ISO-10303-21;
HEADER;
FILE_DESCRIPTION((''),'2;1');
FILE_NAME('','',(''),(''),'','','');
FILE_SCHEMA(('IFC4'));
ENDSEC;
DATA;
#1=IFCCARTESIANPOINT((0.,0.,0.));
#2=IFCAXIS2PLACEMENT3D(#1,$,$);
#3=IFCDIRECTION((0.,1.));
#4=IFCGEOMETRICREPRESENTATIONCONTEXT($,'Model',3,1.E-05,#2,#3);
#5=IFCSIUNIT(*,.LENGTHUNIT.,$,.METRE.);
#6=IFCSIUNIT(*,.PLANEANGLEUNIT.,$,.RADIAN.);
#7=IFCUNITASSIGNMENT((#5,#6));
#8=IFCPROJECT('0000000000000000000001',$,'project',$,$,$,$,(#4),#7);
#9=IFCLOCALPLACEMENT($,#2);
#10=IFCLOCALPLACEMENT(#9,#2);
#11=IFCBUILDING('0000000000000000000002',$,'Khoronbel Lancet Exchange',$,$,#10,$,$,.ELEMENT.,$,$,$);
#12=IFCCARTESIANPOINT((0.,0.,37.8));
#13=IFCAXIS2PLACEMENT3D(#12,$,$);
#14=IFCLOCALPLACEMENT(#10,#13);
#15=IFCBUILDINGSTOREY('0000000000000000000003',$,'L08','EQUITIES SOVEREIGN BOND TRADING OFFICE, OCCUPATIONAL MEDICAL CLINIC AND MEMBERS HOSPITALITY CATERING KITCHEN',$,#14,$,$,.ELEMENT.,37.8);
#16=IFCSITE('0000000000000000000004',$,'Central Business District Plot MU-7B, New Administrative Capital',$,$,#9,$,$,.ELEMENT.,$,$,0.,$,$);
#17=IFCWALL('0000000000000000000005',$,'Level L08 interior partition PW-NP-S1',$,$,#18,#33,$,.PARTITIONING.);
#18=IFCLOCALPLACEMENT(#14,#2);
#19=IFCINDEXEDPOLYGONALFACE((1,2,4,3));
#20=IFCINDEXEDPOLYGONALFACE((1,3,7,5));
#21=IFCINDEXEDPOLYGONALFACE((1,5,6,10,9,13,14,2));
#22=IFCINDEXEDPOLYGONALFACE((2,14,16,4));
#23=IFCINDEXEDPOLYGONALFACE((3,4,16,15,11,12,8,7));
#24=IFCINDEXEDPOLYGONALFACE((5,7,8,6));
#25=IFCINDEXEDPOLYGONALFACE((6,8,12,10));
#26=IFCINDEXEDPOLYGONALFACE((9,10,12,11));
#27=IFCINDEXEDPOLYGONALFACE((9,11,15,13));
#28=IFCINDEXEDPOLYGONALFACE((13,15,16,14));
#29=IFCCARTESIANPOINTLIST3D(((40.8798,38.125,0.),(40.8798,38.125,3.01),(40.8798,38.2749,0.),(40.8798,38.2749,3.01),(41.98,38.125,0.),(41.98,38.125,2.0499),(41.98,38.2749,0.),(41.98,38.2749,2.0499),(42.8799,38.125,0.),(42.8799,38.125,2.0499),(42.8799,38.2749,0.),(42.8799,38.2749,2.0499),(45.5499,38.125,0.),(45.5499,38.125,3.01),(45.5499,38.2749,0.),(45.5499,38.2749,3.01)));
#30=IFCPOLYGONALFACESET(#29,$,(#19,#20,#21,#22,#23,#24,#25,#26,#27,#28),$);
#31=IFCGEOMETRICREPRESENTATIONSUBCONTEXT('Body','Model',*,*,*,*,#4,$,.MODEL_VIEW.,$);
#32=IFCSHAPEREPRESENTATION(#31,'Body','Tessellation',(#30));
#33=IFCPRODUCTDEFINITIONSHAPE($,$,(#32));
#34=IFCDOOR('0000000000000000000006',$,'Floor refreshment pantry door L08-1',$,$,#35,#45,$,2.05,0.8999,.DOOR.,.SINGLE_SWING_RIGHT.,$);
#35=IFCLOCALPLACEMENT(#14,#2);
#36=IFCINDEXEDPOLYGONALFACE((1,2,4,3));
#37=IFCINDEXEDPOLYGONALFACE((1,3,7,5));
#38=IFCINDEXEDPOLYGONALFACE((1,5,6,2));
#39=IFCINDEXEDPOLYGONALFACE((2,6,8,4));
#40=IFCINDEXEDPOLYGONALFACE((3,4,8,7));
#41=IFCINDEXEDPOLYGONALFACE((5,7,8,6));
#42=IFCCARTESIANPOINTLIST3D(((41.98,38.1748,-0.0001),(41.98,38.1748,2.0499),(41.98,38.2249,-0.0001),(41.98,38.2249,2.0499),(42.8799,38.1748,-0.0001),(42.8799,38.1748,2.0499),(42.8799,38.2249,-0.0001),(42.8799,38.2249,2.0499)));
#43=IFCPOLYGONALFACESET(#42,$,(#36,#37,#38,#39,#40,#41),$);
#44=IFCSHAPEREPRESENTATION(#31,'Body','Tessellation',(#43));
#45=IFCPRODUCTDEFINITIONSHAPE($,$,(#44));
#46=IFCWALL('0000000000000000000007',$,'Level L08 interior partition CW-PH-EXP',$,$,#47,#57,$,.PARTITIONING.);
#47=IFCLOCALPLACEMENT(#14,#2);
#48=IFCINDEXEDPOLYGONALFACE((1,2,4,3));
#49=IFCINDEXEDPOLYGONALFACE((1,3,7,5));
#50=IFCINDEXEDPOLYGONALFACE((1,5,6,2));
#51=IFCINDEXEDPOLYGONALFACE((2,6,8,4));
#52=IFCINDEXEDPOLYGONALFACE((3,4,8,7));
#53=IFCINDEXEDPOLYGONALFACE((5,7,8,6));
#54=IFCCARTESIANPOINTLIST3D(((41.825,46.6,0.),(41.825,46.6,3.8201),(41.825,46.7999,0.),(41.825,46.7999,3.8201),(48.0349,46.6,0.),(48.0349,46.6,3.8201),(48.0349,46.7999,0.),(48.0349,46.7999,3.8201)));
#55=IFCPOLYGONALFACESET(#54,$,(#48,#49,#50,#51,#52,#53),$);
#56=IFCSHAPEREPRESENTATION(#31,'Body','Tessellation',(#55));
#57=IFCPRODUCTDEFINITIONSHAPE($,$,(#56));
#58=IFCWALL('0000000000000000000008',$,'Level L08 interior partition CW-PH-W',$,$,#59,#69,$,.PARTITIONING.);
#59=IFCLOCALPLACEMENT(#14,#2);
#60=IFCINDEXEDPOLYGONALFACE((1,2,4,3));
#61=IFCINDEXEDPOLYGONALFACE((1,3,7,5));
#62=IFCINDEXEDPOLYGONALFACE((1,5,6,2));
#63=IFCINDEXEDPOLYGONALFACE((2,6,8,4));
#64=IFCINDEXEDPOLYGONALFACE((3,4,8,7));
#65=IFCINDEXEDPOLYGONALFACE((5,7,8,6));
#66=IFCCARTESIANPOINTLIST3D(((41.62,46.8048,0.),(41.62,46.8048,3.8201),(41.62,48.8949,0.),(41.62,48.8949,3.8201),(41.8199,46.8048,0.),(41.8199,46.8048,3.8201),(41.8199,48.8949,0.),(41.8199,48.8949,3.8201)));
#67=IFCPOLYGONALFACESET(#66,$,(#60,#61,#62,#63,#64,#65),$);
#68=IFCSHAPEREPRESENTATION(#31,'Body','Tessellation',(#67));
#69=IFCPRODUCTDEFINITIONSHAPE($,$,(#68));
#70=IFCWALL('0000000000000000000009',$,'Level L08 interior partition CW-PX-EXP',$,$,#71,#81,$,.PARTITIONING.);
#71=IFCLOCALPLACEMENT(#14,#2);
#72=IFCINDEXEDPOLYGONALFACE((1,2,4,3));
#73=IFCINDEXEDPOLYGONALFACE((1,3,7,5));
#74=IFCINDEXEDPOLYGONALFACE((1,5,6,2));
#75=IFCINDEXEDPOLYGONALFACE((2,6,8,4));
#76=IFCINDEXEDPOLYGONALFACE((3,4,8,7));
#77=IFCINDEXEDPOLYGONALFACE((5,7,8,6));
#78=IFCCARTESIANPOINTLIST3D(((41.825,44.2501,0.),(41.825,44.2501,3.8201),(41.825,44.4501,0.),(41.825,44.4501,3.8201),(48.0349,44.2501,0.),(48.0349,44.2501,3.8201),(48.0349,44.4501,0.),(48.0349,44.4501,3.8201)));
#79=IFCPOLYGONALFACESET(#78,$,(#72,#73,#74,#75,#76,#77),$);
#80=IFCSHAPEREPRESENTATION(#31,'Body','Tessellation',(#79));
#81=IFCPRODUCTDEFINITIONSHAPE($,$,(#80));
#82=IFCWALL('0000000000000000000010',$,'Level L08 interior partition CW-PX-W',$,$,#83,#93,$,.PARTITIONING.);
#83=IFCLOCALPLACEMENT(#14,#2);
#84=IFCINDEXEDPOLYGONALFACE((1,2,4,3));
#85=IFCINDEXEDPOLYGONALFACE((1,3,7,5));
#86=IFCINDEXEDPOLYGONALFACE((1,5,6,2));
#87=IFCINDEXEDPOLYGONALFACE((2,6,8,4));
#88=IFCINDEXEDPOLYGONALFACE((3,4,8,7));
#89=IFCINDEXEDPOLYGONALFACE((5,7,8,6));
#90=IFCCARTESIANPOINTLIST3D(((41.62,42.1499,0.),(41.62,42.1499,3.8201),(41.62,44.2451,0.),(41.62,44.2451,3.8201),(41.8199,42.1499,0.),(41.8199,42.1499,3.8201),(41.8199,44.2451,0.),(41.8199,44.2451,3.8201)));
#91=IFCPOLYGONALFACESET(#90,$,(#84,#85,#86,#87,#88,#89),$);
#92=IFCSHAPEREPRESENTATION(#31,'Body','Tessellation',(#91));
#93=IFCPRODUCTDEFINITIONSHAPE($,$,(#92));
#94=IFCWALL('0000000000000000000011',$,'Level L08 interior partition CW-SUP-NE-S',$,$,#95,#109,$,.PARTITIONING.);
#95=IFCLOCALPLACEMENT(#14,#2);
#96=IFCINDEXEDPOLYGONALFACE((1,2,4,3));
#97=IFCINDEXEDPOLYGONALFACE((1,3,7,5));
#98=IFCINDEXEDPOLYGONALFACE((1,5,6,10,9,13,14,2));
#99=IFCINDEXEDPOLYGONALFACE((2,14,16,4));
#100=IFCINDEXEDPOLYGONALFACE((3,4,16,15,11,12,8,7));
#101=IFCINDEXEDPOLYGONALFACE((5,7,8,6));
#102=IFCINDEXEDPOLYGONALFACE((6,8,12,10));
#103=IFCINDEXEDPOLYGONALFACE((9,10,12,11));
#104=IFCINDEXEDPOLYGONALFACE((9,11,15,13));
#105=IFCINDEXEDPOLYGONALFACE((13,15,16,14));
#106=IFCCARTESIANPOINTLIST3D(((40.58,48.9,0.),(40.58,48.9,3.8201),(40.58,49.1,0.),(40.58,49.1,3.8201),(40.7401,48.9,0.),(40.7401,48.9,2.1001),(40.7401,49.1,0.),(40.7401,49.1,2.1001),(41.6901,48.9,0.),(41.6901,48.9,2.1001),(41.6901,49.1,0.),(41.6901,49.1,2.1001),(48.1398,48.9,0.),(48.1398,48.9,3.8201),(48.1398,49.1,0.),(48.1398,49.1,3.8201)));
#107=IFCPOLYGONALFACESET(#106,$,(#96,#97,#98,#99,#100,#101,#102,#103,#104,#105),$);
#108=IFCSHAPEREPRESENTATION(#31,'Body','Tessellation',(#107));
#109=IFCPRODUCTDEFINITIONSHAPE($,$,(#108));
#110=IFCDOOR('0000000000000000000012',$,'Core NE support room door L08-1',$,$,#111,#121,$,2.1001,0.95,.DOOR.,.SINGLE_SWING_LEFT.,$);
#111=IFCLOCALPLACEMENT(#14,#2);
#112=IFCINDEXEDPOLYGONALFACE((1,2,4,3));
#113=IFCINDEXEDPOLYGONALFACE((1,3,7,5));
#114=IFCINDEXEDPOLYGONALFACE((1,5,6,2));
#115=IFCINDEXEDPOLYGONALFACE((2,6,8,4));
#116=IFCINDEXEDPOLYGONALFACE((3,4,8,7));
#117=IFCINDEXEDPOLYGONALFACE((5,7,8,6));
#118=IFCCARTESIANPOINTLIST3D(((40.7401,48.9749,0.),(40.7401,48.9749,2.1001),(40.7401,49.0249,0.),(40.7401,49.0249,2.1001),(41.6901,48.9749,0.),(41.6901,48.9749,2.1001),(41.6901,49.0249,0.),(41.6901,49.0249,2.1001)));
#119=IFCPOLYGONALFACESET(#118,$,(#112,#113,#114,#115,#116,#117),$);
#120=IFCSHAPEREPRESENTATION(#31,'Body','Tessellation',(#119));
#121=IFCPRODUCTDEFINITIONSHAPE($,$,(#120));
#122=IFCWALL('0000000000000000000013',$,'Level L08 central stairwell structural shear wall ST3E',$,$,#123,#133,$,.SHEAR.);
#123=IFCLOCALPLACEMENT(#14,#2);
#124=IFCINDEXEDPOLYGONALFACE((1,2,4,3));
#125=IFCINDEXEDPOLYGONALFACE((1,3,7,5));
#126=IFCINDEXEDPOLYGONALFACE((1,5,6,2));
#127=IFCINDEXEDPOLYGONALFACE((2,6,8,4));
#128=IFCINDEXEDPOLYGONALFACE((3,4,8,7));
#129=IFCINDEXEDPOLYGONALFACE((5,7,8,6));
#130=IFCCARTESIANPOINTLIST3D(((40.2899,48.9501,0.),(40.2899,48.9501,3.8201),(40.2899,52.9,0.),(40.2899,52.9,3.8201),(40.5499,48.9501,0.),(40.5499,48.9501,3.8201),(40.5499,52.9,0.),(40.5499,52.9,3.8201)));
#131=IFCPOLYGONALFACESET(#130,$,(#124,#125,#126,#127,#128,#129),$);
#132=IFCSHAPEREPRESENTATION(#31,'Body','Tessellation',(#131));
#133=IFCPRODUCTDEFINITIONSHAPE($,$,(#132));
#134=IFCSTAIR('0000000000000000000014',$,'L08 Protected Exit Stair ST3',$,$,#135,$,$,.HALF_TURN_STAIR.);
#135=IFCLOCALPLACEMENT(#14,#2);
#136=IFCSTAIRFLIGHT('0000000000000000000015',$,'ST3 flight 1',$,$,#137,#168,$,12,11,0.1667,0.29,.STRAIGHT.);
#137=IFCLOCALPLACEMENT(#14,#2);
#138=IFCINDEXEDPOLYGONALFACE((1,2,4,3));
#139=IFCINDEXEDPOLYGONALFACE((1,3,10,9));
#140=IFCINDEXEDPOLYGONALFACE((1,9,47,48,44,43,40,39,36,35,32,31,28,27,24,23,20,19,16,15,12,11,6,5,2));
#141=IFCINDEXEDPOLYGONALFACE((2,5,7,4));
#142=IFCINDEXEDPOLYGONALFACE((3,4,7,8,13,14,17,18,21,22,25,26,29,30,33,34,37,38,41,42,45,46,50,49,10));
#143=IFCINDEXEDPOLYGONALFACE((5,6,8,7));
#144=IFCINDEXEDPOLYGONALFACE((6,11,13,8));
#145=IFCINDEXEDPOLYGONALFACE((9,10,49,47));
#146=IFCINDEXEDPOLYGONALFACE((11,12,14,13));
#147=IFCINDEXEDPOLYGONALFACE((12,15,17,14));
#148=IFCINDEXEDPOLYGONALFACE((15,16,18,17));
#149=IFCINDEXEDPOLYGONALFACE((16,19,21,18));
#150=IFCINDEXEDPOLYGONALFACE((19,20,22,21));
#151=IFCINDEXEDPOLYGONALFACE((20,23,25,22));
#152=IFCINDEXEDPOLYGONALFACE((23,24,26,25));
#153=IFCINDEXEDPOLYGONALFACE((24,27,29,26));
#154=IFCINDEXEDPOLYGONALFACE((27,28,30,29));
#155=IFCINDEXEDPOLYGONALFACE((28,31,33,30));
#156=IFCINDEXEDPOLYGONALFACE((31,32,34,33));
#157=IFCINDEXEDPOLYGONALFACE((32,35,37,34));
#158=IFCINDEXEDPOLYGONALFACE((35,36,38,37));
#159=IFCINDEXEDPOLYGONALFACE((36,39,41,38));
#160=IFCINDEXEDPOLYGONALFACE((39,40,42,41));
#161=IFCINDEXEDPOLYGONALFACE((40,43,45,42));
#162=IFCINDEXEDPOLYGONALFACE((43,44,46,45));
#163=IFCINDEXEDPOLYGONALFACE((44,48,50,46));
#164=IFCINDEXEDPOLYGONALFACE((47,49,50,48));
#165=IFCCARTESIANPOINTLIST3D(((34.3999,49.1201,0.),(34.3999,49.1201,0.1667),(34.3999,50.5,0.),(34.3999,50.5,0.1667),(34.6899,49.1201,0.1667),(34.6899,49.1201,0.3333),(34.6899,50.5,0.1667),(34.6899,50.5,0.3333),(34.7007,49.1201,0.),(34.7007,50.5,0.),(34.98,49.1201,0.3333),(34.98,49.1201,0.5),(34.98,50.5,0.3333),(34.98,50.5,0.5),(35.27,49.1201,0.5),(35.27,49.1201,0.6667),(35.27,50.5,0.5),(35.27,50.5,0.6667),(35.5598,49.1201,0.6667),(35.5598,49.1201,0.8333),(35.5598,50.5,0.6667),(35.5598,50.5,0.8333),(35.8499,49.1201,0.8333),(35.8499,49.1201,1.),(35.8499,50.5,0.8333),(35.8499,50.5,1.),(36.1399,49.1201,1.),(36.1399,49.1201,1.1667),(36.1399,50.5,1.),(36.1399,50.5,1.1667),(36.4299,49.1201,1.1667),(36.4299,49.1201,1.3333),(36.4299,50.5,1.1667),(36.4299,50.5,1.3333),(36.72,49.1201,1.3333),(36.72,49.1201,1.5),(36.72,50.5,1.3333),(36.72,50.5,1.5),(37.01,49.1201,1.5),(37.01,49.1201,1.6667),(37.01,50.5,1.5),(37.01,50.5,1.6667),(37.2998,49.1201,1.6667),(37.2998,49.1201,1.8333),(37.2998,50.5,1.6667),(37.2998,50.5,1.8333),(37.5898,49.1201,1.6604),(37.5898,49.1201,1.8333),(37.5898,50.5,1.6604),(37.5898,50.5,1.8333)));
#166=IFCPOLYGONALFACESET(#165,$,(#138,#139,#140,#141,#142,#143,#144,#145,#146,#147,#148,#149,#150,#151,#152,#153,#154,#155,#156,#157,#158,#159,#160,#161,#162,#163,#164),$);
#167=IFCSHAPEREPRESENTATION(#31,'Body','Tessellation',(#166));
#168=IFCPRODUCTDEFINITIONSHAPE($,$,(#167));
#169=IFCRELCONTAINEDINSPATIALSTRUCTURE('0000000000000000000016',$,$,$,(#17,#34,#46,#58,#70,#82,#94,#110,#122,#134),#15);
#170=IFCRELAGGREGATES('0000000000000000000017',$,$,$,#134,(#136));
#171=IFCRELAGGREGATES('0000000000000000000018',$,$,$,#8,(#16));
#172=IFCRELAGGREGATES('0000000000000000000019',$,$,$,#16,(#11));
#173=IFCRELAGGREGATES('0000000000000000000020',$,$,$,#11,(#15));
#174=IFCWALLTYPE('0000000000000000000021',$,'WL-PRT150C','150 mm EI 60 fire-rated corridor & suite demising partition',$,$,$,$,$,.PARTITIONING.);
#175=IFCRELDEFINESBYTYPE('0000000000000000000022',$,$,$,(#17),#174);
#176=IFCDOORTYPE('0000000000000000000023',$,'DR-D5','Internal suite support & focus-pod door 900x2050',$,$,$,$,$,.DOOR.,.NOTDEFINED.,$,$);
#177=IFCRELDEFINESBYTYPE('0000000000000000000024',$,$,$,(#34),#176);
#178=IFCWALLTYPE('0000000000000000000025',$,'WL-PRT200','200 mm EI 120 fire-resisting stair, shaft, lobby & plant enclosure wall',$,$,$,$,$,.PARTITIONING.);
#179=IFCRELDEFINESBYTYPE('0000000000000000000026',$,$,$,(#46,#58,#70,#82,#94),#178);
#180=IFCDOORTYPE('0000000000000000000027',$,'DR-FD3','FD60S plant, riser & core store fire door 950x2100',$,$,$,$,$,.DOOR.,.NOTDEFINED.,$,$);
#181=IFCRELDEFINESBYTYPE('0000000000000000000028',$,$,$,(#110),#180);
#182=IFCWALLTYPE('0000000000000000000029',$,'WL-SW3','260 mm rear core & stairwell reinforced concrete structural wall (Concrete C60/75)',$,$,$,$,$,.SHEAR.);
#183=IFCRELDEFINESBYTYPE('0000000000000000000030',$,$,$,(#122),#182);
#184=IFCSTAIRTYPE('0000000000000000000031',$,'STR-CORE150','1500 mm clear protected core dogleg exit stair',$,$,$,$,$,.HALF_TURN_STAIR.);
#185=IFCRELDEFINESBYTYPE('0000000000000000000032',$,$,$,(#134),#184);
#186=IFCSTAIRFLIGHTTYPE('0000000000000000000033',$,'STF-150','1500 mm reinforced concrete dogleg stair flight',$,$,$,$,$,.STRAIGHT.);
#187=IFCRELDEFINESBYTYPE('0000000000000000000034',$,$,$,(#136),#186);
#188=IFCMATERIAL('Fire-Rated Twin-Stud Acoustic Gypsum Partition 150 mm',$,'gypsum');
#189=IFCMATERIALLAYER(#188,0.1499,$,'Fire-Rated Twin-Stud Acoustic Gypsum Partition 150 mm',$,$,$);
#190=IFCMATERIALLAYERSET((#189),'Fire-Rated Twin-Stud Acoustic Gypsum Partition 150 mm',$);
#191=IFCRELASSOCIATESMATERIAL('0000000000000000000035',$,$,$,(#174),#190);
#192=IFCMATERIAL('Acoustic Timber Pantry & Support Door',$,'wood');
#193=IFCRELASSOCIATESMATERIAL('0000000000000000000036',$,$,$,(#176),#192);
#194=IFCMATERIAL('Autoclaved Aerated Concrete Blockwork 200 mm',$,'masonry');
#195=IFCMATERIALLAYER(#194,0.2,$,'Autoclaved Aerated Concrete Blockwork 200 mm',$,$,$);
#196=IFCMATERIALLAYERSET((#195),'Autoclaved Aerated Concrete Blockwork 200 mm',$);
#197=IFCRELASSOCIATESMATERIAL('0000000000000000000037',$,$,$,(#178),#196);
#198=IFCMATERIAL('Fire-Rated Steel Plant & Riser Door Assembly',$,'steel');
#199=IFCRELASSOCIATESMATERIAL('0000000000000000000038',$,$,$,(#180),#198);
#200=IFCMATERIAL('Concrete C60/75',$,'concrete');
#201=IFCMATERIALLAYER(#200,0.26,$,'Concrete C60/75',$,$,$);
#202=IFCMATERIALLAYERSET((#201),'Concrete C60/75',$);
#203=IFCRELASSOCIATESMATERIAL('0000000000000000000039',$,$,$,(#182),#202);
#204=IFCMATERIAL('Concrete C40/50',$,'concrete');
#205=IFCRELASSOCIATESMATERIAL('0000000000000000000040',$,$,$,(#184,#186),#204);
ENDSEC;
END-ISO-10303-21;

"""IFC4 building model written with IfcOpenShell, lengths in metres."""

from ifc_helpers import new_model, si_unit, direction, frame, frame_2d, origin, place, context, subcontext, project, spatial, polyline, rectangle, outline, extrude, material, layer, layer_set, type_object, element, fill, aggregate, save


model = new_model("IFC4")

# Units and contexts
model_context = context("Model", 3, precision=1e-05, world=origin(), true_north=direction((0.0, 1.0)))
body_context = subcontext(model_context, "Body", "Model", "MODEL_VIEW")
ifc_project = project(units=[si_unit("LENGTHUNIT", "METRE"), si_unit("PLANEANGLEUNIT", "RADIAN")], contexts=[model_context])

# Site, building, storey
site_placement = place(None, origin())
site = spatial("IfcSite", under=ifc_project, at=site_placement, Name="Central Business District Plot MU-7B, New Administrative Capital", CompositionType="ELEMENT", RefElevation=0.0)
building_placement = place(site_placement, origin())
building = spatial("IfcBuilding", under=site, at=building_placement, Name="Khoronbel Lancet Exchange", CompositionType="ELEMENT")
storey_placement = place(building_placement, frame((0.0, 0.0, 37.8)))
storey = spatial("IfcBuildingStorey", under=building, at=storey_placement, Name="L08", Description="EQUITIES SOVEREIGN BOND TRADING OFFICE, OCCUPATIONAL MEDICAL CLINIC AND MEMBERS HOSPITALITY CATERING KITCHEN", CompositionType="ELEMENT", Elevation=37.8)

# Wall, opening, door
ifc_material_1 = material(Name="Fire-Rated Twin-Stud Acoustic Gypsum Partition 150 mm", Category="gypsum")
ifc_layer_1 = layer(ifc_material_1, 0.1499, Name="Fire-Rated Twin-Stud Acoustic Gypsum Partition 150 mm")
ifc_layer_set_1 = layer_set([ifc_layer_1], Name="Fire-Rated Twin-Stud Acoustic Gypsum Partition 150 mm")
wall_type_1 = type_object("IfcWallType", Name="WL-PRT150C", Description="150 mm EI 60 fire-rated corridor & suite demising partition", PredefinedType="PARTITIONING", material=ifc_layer_set_1)
wall_1_placement = place(storey_placement, frame((40.8799, 38.2, 0.0), z_axis=(0.0, 0.0, 1.0), x_axis=(1.0, 0.0, 0.0)))
wall_1 = element("IfcWall", 1, at=wall_1_placement, inside=storey, type_object=wall_type_1, Name="Level L08 interior partition PW-NP-S1", PredefinedType="PARTITIONING", context=body_context, shape_type="SweptSolid", body=[
    extrude(rectangle(XDim=4.6702, YDim=0.1499, at=frame_2d((2.335, 0.0))), origin(), (0.0, 0.0, 1.0), 3.01),
])
opening_1_placement = place(wall_1_placement, frame((1.1001, 0.0, 0.0)))
opening_1 = element("IfcOpeningElement", 2, at=opening_1_placement, cuts=wall_1, PredefinedType="OPENING", context=body_context, shape_type="SweptSolid", body=[
    extrude(rectangle(XDim=0.8999, YDim=2.05, at=frame_2d((0.45, 1.0249))), frame((0.0, 0.085, 0.0), z_axis=(0.0, -1.0, 0.0), x_axis=(1.0, 0.0, 0.0)), (0.0, 0.0, 1.0), 0.1699),
])
ifc_material_2 = material(Name="Acoustic Timber Pantry & Support Door", Category="wood")
door_type_1 = type_object("IfcDoorType", Name="DR-D5", Description="Internal suite support & focus-pod door 900x2050", OperationType="NOTDEFINED", PredefinedType="DOOR", material=ifc_material_2)
door_1_placement = place(opening_1_placement, origin())
door_1 = element("IfcDoor", 3, at=door_1_placement, inside=storey, type_object=door_type_1, Name="Floor refreshment pantry door L08-1", OperationType="SINGLE_SWING_RIGHT", OverallHeight=2.05, OverallWidth=0.8999, PredefinedType="DOOR", context=body_context, shape_type="SweptSolid", body=[
    extrude(rectangle(XDim=0.8999, YDim=2.05, at=frame_2d((0.45, 1.0249))), frame((0.0, 0.0249, 0.0), z_axis=(0.0, -1.0, 0.0), x_axis=(1.0, 0.0, 0.0)), (0.0, 0.0, 1.0), 0.05),
])
fill(opening_1, door_1)

# Walls
ifc_material_3 = material(Name="Autoclaved Aerated Concrete Blockwork 200 mm", Category="masonry")
ifc_layer_2 = layer(ifc_material_3, 0.2, Name="Autoclaved Aerated Concrete Blockwork 200 mm")
ifc_layer_set_2 = layer_set([ifc_layer_2], Name="Autoclaved Aerated Concrete Blockwork 200 mm")
wall_type_2 = type_object("IfcWallType", Name="WL-PRT200", Description="200 mm EI 120 fire-resisting stair, shaft, lobby & plant enclosure wall", PredefinedType="PARTITIONING", material=ifc_layer_set_2)
wall_2_placement = place(storey_placement, frame((41.825, 46.7, 0.0), z_axis=(0.0, 0.0, 1.0), x_axis=(1.0, 0.0, 0.0)))
element("IfcWall", 4, at=wall_2_placement, inside=storey, type_object=wall_type_2, Name="Level L08 interior partition CW-PH-EXP", PredefinedType="PARTITIONING", context=body_context, shape_type="SweptSolid", body=[
    extrude(rectangle(XDim=6.21, YDim=0.2, at=frame_2d((3.105, 0.0))), origin(), (0.0, 0.0, 1.0), 3.8201),
])
wall_3_placement = place(storey_placement, frame((41.72, 46.8049, 0.0), z_axis=(0.0, 0.0, 1.0), x_axis=(0.0, 1.0, 0.0)))
element("IfcWall", 5, at=wall_3_placement, inside=storey, type_object=wall_type_2, Name="Level L08 interior partition CW-PH-W", PredefinedType="PARTITIONING", context=body_context, shape_type="SweptSolid", body=[
    extrude(rectangle(XDim=2.0901, YDim=0.2, at=frame_2d((1.0449, 0.0))), origin(), (0.0, 0.0, 1.0), 3.8201),
])
wall_4_placement = place(storey_placement, frame((41.825, 44.3501, 0.0), z_axis=(0.0, 0.0, 1.0), x_axis=(1.0, 0.0, 0.0)))
element("IfcWall", 6, at=wall_4_placement, inside=storey, type_object=wall_type_2, Name="Level L08 interior partition CW-PX-EXP", PredefinedType="PARTITIONING", context=body_context, shape_type="SweptSolid", body=[
    extrude(rectangle(XDim=6.21, YDim=0.2, at=frame_2d((3.105, 0.0))), origin(), (0.0, 0.0, 1.0), 3.8201),
])
wall_5_placement = place(storey_placement, frame((41.72, 42.1499, 0.0), z_axis=(0.0, 0.0, 1.0), x_axis=(0.0, 1.0, 0.0)))
element("IfcWall", 7, at=wall_5_placement, inside=storey, type_object=wall_type_2, Name="Level L08 interior partition CW-PX-W", PredefinedType="PARTITIONING", context=body_context, shape_type="SweptSolid", body=[
    extrude(rectangle(XDim=2.0952, YDim=0.2, at=frame_2d((1.0476, 0.0))), origin(), (0.0, 0.0, 1.0), 3.8201),
])

# Wall, opening, door
wall_6_placement = place(storey_placement, frame((40.5801, 49.0, 0.0), z_axis=(0.0, 0.0, 1.0), x_axis=(1.0, 0.0, 0.0)))
wall_6 = element("IfcWall", 8, at=wall_6_placement, inside=storey, type_object=wall_type_2, Name="Level L08 interior partition CW-SUP-NE-S", PredefinedType="PARTITIONING", context=body_context, shape_type="SweptSolid", body=[
    extrude(rectangle(XDim=7.5598, YDim=0.2, at=frame_2d((3.7798, 0.0))), origin(), (0.0, 0.0, 1.0), 3.8201),
])
opening_2_placement = place(wall_6_placement, frame((0.1599, 0.0, 0.0)))
opening_2 = element("IfcOpeningElement", 9, at=opening_2_placement, cuts=wall_6, PredefinedType="OPENING", context=body_context, shape_type="SweptSolid", body=[
    extrude(rectangle(XDim=0.95, YDim=2.1001, at=frame_2d((0.4751, 1.05))), frame((0.0, 0.1099, 0.0), z_axis=(0.0, -1.0, 0.0), x_axis=(1.0, 0.0, 0.0)), (0.0, 0.0, 1.0), 0.22),
])
ifc_material_4 = material(Name="Fire-Rated Steel Plant & Riser Door Assembly", Category="steel")
door_type_2 = type_object("IfcDoorType", Name="DR-FD3", Description="FD60S plant, riser & core store fire door 950x2100", OperationType="NOTDEFINED", PredefinedType="DOOR", material=ifc_material_4)
door_2_placement = place(opening_2_placement, origin())
door_2 = element("IfcDoor", 10, at=door_2_placement, inside=storey, type_object=door_type_2, Name="Core NE support room door L08-1", OperationType="SINGLE_SWING_LEFT", OverallHeight=2.1001, OverallWidth=0.95, PredefinedType="DOOR", context=body_context, shape_type="SweptSolid", body=[
    extrude(rectangle(XDim=0.95, YDim=2.1001, at=frame_2d((0.4751, 1.05))), frame((0.0, 0.0249, 0.0), z_axis=(0.0, -1.0, 0.0), x_axis=(1.0, 0.0, 0.0)), (0.0, 0.0, 1.0), 0.05),
])
fill(opening_2, door_2)

# Wall
ifc_material_5 = material(Name="Concrete C60/75", Category="concrete")
ifc_layer_3 = layer(ifc_material_5, 0.26, Name="Concrete C60/75")
ifc_layer_set_3 = layer_set([ifc_layer_3], Name="Concrete C60/75")
wall_type_3 = type_object("IfcWallType", Name="WL-SW3", Description="260 mm rear core & stairwell reinforced concrete structural wall (Concrete C60/75)", PredefinedType="SHEAR", material=ifc_layer_set_3)
wall_7_placement = place(storey_placement, frame((40.4199, 48.95, 0.0), z_axis=(0.0, 0.0, 1.0), x_axis=(0.0, 1.0, 0.0)))
element("IfcWall", 11, at=wall_7_placement, inside=storey, type_object=wall_type_3, Name="Level L08 central stairwell structural shear wall ST3E", PredefinedType="SHEAR", context=body_context, shape_type="SweptSolid", body=[
    extrude(rectangle(XDim=3.95, YDim=0.26, at=frame_2d((1.9751, 0.0))), origin(), (0.0, 0.0, 1.0), 3.8201),
])

# Stair, stair flight
ifc_material_6 = material(Name="Concrete C40/50", Category="concrete")
stair_type = type_object("IfcStairType", Name="STR-CORE150", Description="1500 mm clear protected core dogleg exit stair", PredefinedType="HALF_TURN_STAIR", material=ifc_material_6)
stair_placement = place(storey_placement, origin())
stair = element("IfcStair", 12, at=stair_placement, inside=storey, type_object=stair_type, Name="L08 Protected Exit Stair ST3", PredefinedType="HALF_TURN_STAIR")
stair_flight_type = type_object("IfcStairFlightType", Name="STF-150", Description="1500 mm reinforced concrete dogleg stair flight", PredefinedType="STRAIGHT", material=ifc_material_6)
stair_flight_1_placement = place(storey_placement, frame((34.3999, 49.8101, 0.0), z_axis=(0.0, 0.0, 1.0), x_axis=(1.0, 0.0, 0.0)))
stair_flight_1 = element("IfcStairFlight", 13, at=stair_flight_1_placement, type_object=stair_flight_type, Name="ST3 flight 1", NumberOfRisers=12, NumberOfTreads=11, PredefinedType="STRAIGHT", RiserHeight=0.1667, TreadLength=0.29, context=body_context, shape_type="SweptSolid", body=[
    extrude(outline(polyline([(0.0, 0.0), (0.0, 0.1667), (0.29, 0.1667), (0.29, 0.3333), (0.5801, 0.3333), (0.5801, 0.5), (0.8701, 0.5), (0.8701, 0.6667), (1.1599, 0.6667), (1.1599, 0.8333), (1.45, 0.8333), (1.45, 1.0), (1.74, 1.0), (1.74, 1.1667), (2.03, 1.1667), (2.03, 1.3333), (2.3201, 1.3333), (2.3201, 1.5), (2.6101, 1.5), (2.6101, 1.6667), (2.8999, 1.6667), (2.8999, 1.8333), (3.1899, 1.8333), (3.1899, 2.0), (3.1899, 1.6604), (0.3008, 0.0), (0.0, 0.0)])), frame((0.0, 0.6899, 0.0), z_axis=(0.0, -1.0, 0.0), x_axis=(1.0, 0.0, 0.0)), (0.0, 0.0, 1.0), 1.3799),
])
aggregate(stair, [stair_flight_1])

save(model, "model.ifc")
